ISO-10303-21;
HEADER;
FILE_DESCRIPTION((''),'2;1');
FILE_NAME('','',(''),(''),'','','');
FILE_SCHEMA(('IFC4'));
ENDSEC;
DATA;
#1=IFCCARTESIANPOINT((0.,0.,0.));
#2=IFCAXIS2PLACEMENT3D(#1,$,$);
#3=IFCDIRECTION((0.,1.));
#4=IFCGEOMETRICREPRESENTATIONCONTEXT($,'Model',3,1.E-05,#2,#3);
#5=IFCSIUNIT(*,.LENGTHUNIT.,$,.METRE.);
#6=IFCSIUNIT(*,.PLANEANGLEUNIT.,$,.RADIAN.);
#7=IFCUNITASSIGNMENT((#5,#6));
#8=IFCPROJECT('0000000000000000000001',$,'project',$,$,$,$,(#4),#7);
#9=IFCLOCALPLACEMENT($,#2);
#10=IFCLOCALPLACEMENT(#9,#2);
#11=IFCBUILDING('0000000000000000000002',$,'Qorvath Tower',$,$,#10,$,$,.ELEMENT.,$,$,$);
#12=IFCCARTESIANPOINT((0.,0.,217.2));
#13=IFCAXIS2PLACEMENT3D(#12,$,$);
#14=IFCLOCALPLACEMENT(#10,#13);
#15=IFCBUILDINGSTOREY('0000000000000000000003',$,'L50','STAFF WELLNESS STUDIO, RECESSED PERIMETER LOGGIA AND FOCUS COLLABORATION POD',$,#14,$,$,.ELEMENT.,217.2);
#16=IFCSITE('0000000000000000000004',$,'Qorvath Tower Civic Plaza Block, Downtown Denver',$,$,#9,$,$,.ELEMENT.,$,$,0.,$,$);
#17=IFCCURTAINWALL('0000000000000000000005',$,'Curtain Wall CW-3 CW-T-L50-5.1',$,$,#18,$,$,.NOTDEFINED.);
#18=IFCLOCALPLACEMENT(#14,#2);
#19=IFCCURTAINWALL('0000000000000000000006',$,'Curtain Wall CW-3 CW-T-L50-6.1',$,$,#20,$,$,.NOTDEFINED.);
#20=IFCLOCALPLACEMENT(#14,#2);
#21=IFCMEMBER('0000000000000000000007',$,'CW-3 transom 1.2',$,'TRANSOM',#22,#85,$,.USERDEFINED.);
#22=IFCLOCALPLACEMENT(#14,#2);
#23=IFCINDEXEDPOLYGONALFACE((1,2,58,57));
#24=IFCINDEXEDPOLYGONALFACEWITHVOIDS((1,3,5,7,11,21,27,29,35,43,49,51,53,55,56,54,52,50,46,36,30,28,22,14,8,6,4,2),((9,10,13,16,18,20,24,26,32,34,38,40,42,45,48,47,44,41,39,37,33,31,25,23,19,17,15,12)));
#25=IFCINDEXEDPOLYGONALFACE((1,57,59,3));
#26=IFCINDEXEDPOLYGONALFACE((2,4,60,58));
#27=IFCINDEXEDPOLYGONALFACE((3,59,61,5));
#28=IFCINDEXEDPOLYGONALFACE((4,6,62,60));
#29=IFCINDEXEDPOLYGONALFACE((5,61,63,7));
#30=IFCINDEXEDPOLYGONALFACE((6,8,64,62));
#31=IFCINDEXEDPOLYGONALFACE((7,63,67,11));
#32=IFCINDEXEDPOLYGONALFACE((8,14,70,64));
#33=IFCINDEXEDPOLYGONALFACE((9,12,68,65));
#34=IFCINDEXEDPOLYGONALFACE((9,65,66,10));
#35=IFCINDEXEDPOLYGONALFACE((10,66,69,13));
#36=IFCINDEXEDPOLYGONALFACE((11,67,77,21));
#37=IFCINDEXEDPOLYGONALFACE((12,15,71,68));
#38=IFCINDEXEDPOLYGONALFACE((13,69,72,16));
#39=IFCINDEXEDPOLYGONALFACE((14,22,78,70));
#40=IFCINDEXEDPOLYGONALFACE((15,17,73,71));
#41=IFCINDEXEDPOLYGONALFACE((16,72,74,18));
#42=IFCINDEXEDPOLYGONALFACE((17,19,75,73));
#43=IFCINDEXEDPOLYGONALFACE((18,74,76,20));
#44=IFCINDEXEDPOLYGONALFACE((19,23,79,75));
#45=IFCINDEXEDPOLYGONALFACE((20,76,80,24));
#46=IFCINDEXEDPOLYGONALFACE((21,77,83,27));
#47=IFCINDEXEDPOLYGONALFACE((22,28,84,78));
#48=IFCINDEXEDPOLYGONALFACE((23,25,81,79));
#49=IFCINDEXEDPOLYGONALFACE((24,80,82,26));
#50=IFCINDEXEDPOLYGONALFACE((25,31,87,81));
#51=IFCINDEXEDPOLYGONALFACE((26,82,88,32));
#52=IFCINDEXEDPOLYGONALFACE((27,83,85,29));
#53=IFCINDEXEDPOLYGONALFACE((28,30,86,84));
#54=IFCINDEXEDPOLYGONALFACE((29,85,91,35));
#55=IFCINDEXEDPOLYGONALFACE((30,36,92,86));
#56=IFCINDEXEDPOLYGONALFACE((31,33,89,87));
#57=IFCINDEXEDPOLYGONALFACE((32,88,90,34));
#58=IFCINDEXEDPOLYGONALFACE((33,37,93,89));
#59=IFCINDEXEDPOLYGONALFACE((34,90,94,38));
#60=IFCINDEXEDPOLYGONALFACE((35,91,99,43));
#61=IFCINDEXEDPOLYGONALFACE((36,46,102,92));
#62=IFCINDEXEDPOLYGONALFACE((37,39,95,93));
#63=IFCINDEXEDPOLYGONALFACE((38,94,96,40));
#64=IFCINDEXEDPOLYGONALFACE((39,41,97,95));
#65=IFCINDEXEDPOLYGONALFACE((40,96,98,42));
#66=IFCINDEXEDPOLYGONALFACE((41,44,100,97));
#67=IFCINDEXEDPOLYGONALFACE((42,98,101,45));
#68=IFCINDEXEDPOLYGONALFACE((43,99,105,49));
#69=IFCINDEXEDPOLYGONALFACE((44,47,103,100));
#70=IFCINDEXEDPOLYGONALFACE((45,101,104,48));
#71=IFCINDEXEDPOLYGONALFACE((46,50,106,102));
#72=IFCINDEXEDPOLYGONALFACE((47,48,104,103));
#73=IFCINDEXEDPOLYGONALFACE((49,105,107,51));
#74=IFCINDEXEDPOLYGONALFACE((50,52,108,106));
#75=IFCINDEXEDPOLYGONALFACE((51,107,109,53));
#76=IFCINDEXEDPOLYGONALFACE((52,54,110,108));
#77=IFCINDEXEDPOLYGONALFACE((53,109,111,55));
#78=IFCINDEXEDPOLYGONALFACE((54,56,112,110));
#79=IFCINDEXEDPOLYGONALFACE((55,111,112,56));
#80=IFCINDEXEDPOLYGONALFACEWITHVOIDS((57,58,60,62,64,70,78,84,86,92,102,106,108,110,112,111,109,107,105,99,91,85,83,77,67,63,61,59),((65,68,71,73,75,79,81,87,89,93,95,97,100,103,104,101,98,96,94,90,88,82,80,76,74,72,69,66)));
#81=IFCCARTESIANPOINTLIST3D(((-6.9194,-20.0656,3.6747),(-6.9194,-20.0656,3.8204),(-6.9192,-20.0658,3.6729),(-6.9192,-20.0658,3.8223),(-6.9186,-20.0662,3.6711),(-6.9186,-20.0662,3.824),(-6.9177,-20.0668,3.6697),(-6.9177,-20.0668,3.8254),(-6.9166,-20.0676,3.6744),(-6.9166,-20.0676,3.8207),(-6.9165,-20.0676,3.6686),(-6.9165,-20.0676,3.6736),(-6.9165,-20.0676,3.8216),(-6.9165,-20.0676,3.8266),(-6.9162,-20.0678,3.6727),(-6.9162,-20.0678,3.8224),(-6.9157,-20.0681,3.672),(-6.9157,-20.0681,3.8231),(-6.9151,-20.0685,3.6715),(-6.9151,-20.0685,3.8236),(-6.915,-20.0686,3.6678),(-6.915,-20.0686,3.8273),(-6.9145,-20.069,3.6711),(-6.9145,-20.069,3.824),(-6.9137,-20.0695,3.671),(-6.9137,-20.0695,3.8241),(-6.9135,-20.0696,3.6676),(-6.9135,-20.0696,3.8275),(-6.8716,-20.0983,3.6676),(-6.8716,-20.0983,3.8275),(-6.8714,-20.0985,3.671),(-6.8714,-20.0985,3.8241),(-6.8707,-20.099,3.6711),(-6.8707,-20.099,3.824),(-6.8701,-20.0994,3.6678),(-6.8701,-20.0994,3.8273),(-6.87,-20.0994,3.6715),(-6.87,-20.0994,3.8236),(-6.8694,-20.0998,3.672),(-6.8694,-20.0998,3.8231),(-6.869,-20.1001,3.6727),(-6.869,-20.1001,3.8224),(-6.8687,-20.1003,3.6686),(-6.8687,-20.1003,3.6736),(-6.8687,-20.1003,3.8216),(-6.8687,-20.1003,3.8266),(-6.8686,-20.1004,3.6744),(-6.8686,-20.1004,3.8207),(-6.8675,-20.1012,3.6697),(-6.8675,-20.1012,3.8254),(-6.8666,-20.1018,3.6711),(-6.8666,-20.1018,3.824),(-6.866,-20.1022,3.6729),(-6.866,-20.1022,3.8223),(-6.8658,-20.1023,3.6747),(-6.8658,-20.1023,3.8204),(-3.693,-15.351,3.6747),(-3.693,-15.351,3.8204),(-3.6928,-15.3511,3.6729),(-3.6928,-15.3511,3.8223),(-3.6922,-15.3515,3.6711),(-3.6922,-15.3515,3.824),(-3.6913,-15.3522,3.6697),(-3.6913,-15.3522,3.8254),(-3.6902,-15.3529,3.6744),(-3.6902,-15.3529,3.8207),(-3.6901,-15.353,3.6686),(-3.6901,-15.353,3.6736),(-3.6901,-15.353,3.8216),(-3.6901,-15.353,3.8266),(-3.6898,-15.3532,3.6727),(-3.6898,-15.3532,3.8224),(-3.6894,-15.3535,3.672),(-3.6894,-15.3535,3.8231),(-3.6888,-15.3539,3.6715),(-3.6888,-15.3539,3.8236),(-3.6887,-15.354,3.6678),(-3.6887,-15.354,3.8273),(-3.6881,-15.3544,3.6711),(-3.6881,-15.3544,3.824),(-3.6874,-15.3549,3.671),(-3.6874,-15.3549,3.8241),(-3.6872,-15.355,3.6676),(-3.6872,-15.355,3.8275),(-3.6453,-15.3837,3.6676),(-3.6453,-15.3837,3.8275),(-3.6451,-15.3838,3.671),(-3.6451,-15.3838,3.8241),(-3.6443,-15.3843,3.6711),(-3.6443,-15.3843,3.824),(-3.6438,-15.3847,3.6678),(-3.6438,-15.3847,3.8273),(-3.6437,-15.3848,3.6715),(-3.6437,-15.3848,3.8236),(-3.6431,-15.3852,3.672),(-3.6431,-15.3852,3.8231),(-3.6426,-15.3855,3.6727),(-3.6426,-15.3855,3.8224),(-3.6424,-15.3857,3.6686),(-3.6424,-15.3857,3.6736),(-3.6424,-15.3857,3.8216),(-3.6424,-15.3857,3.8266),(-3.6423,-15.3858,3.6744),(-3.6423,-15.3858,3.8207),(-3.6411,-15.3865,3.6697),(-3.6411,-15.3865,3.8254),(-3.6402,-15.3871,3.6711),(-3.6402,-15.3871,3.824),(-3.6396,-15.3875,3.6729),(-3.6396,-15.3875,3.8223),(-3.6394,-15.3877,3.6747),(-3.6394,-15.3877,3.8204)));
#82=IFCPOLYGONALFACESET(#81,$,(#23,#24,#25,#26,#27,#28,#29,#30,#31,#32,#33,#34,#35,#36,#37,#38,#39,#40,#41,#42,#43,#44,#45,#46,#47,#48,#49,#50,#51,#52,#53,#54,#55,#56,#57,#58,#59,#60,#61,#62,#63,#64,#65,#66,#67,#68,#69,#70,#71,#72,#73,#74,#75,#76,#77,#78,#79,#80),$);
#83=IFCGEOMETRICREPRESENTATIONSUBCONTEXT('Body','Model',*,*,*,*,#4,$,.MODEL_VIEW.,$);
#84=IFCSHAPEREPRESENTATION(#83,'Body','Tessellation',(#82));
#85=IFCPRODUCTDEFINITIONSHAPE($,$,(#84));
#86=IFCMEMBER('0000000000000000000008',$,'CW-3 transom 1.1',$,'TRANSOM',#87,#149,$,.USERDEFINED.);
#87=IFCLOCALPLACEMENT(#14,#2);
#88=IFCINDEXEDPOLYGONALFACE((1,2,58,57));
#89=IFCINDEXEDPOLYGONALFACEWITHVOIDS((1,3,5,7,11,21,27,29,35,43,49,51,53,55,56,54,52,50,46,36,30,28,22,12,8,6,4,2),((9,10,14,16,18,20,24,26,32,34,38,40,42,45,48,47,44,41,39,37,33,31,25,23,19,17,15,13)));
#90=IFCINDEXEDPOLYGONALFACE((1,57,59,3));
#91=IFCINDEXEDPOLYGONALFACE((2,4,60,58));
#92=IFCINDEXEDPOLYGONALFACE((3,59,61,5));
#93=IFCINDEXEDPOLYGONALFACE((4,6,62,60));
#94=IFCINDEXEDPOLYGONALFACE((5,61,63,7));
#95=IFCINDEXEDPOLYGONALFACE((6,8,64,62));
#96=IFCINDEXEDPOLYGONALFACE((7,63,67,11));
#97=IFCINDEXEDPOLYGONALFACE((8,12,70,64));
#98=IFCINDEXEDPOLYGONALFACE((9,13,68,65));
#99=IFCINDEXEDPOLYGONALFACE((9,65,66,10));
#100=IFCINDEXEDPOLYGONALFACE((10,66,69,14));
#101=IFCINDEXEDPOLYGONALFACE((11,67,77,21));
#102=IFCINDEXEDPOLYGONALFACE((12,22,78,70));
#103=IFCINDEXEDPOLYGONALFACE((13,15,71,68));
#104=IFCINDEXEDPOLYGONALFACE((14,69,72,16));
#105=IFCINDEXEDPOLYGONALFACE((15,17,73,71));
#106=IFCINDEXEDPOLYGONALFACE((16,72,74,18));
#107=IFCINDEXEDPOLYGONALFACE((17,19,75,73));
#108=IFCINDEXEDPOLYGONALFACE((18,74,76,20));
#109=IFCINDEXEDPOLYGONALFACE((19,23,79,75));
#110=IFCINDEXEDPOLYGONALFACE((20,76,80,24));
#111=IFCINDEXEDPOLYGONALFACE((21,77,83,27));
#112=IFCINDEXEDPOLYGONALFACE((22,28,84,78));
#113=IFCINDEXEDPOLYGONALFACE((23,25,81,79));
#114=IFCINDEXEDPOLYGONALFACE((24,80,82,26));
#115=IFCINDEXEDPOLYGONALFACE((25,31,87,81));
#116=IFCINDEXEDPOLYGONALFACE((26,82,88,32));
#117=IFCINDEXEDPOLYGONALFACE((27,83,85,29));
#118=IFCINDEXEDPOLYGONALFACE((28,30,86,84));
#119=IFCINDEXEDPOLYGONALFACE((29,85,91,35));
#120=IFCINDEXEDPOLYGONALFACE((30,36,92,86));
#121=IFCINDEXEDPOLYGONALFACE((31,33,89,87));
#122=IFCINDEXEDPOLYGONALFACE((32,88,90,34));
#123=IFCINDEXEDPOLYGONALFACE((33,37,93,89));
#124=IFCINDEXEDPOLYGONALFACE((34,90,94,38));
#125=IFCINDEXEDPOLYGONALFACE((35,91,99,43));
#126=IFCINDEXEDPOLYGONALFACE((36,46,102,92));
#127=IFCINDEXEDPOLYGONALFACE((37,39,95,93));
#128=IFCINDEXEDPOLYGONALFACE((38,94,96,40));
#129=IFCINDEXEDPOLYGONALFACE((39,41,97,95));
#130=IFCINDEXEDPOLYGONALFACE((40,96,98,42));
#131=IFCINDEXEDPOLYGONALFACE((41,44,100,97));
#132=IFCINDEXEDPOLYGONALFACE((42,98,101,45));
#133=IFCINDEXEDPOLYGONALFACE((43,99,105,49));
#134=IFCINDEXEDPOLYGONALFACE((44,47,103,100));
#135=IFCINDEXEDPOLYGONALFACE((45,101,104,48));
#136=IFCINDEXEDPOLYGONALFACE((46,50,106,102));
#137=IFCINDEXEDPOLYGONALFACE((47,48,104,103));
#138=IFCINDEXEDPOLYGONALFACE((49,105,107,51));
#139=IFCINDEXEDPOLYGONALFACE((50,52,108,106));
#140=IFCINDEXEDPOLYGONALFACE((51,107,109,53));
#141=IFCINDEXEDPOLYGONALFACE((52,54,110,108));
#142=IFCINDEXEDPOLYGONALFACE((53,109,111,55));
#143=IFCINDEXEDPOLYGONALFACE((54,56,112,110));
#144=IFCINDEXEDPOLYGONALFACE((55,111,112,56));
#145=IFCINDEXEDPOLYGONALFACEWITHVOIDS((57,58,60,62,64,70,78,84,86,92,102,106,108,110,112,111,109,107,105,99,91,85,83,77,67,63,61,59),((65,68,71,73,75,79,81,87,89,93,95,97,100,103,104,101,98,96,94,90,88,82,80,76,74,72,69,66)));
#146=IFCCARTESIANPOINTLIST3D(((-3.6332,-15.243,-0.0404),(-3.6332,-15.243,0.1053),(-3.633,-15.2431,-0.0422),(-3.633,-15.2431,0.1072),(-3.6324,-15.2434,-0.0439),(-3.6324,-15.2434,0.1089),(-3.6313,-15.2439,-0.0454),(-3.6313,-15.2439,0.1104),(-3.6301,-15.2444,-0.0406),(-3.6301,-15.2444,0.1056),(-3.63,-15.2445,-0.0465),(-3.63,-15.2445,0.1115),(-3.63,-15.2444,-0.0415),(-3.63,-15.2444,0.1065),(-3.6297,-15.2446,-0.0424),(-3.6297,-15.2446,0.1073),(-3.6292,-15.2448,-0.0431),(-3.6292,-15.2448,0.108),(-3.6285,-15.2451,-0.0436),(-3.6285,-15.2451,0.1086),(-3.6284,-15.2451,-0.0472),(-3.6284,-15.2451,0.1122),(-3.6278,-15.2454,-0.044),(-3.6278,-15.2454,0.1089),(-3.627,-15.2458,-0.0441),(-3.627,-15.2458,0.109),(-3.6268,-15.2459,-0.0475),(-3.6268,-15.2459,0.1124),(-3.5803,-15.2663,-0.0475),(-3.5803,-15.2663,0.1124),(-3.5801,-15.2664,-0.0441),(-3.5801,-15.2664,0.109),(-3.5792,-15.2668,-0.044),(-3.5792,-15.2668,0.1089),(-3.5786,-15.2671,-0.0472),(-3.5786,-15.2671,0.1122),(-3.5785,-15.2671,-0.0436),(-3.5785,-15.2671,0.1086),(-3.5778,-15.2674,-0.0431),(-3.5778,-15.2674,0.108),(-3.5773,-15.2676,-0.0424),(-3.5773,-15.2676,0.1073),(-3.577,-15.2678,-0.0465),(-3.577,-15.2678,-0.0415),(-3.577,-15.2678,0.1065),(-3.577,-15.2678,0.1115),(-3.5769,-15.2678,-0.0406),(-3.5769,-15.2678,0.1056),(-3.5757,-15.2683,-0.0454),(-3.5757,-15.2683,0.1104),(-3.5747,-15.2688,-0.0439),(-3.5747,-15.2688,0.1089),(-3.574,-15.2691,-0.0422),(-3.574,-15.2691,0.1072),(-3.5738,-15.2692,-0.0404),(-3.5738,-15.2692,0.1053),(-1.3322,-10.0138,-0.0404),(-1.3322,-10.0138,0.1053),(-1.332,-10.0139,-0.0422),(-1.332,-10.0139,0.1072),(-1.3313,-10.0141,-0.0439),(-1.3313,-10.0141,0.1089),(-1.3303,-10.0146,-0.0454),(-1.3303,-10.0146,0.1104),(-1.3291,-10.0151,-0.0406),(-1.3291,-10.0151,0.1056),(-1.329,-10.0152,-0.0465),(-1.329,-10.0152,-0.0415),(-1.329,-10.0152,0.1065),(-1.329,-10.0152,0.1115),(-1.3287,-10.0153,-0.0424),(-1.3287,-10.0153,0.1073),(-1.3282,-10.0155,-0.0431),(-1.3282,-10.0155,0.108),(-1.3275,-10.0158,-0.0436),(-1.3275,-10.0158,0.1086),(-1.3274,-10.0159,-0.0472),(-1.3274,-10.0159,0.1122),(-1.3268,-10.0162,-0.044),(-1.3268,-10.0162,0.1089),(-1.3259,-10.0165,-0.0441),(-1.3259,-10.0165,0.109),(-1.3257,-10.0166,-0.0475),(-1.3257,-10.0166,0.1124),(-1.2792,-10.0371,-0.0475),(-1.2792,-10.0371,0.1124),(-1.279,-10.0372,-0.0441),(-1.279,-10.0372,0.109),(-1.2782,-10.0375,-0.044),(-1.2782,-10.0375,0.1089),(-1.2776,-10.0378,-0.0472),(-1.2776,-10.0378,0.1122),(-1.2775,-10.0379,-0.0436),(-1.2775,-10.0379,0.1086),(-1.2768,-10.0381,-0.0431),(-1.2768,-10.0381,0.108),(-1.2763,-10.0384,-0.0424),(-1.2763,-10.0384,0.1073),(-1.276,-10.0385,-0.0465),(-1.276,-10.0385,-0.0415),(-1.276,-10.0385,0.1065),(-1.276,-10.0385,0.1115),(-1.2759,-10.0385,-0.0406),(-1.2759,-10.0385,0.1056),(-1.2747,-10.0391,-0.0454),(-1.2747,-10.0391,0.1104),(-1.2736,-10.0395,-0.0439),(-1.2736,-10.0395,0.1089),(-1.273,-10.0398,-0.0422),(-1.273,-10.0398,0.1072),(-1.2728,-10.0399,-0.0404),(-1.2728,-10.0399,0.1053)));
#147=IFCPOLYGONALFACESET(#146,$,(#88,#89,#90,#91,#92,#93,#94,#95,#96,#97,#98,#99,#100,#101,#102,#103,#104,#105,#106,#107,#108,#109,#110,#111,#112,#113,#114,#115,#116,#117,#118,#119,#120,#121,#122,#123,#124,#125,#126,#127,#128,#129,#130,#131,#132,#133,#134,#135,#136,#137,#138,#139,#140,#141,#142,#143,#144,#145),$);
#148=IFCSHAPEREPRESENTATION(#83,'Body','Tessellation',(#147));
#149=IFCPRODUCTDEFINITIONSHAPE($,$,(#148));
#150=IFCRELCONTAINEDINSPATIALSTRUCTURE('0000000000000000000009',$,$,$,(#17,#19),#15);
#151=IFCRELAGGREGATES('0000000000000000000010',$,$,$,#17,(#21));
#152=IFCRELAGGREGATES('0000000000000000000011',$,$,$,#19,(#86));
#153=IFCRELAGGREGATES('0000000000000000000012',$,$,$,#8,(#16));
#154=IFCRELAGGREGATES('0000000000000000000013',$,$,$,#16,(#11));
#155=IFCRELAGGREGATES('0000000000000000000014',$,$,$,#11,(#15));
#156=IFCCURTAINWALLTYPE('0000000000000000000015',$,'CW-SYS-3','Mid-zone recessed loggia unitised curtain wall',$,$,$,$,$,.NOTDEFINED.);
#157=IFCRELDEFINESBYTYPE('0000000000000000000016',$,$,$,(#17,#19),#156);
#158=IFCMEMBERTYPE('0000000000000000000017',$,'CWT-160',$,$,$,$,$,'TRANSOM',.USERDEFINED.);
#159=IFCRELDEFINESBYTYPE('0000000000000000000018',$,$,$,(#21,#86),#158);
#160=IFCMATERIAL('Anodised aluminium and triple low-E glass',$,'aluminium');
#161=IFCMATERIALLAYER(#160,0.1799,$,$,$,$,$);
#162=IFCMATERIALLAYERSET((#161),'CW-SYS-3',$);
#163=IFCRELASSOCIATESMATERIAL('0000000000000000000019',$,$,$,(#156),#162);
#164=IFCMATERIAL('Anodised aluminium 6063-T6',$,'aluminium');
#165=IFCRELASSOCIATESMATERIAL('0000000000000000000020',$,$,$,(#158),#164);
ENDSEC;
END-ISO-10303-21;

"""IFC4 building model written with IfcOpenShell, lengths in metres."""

from ifc_helpers import new_model, si_unit, direction, frame, origin, origin_2d, place, context, subcontext, project, spatial, hollow_rectangle, extrude, material, layer, layer_set, material_profile, profile_set, type_object, element, aggregate, save


model = new_model("IFC4")

# Units and contexts
model_context = context("Model", 3, precision=1e-05, world=origin(), true_north=direction((0.0, 1.0)))
body_context = subcontext(model_context, "Body", "Model", "MODEL_VIEW")
ifc_project = project(units=[si_unit("LENGTHUNIT", "METRE"), si_unit("PLANEANGLEUNIT", "RADIAN")], contexts=[model_context])

# Site, building, storey
site_placement = place(None, origin())
site = spatial("IfcSite", under=ifc_project, at=site_placement, Name="Qorvath Tower Civic Plaza Block, Downtown Denver", CompositionType="ELEMENT", RefElevation=0.0)
building_placement = place(site_placement, origin())
building = spatial("IfcBuilding", under=site, at=building_placement, Name="Qorvath Tower", CompositionType="ELEMENT")
storey_placement = place(building_placement, frame((0.0, 0.0, 217.2)))
storey = spatial("IfcBuildingStorey", under=building, at=storey_placement, Name="L50", Description="STAFF WELLNESS STUDIO, RECESSED PERIMETER LOGGIA AND FOCUS COLLABORATION POD", CompositionType="ELEMENT", Elevation=217.2)

# Shared definitions
ifc_material_1 = material(Name="Anodised aluminium and triple low-E glass", Category="aluminium")
ifc_layer_1 = layer(ifc_material_1, 0.1799)
ifc_layer_set_1 = layer_set([ifc_layer_1], Name="CW-SYS-3")
curtain_wall_type = type_object("IfcCurtainWallType", Name="CW-SYS-3", Description="Mid-zone recessed loggia unitised curtain wall", PredefinedType="NOTDEFINED", material=ifc_layer_set_1)

# Curtain walls
curtain_wall_1_placement = place(storey_placement, origin())
curtain_wall_1 = element("IfcCurtainWall", 1, at=curtain_wall_1_placement, inside=storey, type_object=curtain_wall_type, Name="Curtain Wall CW-3 CW-T-L50-5.1", PredefinedType="NOTDEFINED")
curtain_wall_2_placement = place(storey_placement, origin())
curtain_wall_2 = element("IfcCurtainWall", 2, at=curtain_wall_2_placement, inside=storey, type_object=curtain_wall_type, Name="Curtain Wall CW-3 CW-T-L50-6.1", PredefinedType="NOTDEFINED")

# Members
ifc_material_2 = material(Name="Anodised aluminium 6063-T6", Category="aluminium")
ifc_material_profile_1 = material_profile(ifc_material_2, hollow_rectangle(XDim=0.0649, YDim=0.1599, WallThickness=0.0034, InnerFilletRadius=0.0034, OuterFilletRadius=0.0071, at=origin_2d()), Name="CWT 160x65")
ifc_profile_set_1 = profile_set([ifc_material_profile_1], Name="Anodised aluminium 6063-T6")
member_type_1 = type_object("IfcMemberType", Name="CWT-160", ElementType="TRANSOM", PredefinedType="USERDEFINED", material=ifc_profile_set_1)
member_1_placement = place(storey_placement, frame((-6.8926, -20.084, 3.7476), z_axis=(0.564748, 0.825263, 0.0), x_axis=(-0.825263, 0.564748, 0.0)))
member_1 = element("IfcMember", 3, at=member_1_placement, type_object=member_type_1, Name="CW-3 transom 1.2", ObjectType="TRANSOM", PredefinedType="USERDEFINED", context=body_context, shape_type="SweptSolid", body=[
    extrude(hollow_rectangle(XDim=0.0649, YDim=0.1599, WallThickness=0.0034, InnerFilletRadius=0.0034, OuterFilletRadius=0.0071, at=origin_2d()), origin(), (0.0, 0.0, 1.0), 5.7129),
])
member_2_placement = place(storey_placement, frame((-3.6035, -15.2561, 0.0325), z_axis=(0.402762, 0.915305, 0.0), x_axis=(-0.915305, 0.402762, 0.0)))
member_2 = element("IfcMember", 4, at=member_2_placement, type_object=member_type_1, Name="CW-3 transom 1.1", ObjectType="TRANSOM", PredefinedType="USERDEFINED", context=body_context, shape_type="SweptSolid", body=[
    extrude(hollow_rectangle(XDim=0.0649, YDim=0.1599, WallThickness=0.0034, InnerFilletRadius=0.0034, OuterFilletRadius=0.0071, at=origin_2d()), origin(), (0.0, 0.0, 1.0), 5.7131),
])

aggregate(curtain_wall_1, [member_1])
aggregate(curtain_wall_2, [member_2])

save(model, "model.ifc")
